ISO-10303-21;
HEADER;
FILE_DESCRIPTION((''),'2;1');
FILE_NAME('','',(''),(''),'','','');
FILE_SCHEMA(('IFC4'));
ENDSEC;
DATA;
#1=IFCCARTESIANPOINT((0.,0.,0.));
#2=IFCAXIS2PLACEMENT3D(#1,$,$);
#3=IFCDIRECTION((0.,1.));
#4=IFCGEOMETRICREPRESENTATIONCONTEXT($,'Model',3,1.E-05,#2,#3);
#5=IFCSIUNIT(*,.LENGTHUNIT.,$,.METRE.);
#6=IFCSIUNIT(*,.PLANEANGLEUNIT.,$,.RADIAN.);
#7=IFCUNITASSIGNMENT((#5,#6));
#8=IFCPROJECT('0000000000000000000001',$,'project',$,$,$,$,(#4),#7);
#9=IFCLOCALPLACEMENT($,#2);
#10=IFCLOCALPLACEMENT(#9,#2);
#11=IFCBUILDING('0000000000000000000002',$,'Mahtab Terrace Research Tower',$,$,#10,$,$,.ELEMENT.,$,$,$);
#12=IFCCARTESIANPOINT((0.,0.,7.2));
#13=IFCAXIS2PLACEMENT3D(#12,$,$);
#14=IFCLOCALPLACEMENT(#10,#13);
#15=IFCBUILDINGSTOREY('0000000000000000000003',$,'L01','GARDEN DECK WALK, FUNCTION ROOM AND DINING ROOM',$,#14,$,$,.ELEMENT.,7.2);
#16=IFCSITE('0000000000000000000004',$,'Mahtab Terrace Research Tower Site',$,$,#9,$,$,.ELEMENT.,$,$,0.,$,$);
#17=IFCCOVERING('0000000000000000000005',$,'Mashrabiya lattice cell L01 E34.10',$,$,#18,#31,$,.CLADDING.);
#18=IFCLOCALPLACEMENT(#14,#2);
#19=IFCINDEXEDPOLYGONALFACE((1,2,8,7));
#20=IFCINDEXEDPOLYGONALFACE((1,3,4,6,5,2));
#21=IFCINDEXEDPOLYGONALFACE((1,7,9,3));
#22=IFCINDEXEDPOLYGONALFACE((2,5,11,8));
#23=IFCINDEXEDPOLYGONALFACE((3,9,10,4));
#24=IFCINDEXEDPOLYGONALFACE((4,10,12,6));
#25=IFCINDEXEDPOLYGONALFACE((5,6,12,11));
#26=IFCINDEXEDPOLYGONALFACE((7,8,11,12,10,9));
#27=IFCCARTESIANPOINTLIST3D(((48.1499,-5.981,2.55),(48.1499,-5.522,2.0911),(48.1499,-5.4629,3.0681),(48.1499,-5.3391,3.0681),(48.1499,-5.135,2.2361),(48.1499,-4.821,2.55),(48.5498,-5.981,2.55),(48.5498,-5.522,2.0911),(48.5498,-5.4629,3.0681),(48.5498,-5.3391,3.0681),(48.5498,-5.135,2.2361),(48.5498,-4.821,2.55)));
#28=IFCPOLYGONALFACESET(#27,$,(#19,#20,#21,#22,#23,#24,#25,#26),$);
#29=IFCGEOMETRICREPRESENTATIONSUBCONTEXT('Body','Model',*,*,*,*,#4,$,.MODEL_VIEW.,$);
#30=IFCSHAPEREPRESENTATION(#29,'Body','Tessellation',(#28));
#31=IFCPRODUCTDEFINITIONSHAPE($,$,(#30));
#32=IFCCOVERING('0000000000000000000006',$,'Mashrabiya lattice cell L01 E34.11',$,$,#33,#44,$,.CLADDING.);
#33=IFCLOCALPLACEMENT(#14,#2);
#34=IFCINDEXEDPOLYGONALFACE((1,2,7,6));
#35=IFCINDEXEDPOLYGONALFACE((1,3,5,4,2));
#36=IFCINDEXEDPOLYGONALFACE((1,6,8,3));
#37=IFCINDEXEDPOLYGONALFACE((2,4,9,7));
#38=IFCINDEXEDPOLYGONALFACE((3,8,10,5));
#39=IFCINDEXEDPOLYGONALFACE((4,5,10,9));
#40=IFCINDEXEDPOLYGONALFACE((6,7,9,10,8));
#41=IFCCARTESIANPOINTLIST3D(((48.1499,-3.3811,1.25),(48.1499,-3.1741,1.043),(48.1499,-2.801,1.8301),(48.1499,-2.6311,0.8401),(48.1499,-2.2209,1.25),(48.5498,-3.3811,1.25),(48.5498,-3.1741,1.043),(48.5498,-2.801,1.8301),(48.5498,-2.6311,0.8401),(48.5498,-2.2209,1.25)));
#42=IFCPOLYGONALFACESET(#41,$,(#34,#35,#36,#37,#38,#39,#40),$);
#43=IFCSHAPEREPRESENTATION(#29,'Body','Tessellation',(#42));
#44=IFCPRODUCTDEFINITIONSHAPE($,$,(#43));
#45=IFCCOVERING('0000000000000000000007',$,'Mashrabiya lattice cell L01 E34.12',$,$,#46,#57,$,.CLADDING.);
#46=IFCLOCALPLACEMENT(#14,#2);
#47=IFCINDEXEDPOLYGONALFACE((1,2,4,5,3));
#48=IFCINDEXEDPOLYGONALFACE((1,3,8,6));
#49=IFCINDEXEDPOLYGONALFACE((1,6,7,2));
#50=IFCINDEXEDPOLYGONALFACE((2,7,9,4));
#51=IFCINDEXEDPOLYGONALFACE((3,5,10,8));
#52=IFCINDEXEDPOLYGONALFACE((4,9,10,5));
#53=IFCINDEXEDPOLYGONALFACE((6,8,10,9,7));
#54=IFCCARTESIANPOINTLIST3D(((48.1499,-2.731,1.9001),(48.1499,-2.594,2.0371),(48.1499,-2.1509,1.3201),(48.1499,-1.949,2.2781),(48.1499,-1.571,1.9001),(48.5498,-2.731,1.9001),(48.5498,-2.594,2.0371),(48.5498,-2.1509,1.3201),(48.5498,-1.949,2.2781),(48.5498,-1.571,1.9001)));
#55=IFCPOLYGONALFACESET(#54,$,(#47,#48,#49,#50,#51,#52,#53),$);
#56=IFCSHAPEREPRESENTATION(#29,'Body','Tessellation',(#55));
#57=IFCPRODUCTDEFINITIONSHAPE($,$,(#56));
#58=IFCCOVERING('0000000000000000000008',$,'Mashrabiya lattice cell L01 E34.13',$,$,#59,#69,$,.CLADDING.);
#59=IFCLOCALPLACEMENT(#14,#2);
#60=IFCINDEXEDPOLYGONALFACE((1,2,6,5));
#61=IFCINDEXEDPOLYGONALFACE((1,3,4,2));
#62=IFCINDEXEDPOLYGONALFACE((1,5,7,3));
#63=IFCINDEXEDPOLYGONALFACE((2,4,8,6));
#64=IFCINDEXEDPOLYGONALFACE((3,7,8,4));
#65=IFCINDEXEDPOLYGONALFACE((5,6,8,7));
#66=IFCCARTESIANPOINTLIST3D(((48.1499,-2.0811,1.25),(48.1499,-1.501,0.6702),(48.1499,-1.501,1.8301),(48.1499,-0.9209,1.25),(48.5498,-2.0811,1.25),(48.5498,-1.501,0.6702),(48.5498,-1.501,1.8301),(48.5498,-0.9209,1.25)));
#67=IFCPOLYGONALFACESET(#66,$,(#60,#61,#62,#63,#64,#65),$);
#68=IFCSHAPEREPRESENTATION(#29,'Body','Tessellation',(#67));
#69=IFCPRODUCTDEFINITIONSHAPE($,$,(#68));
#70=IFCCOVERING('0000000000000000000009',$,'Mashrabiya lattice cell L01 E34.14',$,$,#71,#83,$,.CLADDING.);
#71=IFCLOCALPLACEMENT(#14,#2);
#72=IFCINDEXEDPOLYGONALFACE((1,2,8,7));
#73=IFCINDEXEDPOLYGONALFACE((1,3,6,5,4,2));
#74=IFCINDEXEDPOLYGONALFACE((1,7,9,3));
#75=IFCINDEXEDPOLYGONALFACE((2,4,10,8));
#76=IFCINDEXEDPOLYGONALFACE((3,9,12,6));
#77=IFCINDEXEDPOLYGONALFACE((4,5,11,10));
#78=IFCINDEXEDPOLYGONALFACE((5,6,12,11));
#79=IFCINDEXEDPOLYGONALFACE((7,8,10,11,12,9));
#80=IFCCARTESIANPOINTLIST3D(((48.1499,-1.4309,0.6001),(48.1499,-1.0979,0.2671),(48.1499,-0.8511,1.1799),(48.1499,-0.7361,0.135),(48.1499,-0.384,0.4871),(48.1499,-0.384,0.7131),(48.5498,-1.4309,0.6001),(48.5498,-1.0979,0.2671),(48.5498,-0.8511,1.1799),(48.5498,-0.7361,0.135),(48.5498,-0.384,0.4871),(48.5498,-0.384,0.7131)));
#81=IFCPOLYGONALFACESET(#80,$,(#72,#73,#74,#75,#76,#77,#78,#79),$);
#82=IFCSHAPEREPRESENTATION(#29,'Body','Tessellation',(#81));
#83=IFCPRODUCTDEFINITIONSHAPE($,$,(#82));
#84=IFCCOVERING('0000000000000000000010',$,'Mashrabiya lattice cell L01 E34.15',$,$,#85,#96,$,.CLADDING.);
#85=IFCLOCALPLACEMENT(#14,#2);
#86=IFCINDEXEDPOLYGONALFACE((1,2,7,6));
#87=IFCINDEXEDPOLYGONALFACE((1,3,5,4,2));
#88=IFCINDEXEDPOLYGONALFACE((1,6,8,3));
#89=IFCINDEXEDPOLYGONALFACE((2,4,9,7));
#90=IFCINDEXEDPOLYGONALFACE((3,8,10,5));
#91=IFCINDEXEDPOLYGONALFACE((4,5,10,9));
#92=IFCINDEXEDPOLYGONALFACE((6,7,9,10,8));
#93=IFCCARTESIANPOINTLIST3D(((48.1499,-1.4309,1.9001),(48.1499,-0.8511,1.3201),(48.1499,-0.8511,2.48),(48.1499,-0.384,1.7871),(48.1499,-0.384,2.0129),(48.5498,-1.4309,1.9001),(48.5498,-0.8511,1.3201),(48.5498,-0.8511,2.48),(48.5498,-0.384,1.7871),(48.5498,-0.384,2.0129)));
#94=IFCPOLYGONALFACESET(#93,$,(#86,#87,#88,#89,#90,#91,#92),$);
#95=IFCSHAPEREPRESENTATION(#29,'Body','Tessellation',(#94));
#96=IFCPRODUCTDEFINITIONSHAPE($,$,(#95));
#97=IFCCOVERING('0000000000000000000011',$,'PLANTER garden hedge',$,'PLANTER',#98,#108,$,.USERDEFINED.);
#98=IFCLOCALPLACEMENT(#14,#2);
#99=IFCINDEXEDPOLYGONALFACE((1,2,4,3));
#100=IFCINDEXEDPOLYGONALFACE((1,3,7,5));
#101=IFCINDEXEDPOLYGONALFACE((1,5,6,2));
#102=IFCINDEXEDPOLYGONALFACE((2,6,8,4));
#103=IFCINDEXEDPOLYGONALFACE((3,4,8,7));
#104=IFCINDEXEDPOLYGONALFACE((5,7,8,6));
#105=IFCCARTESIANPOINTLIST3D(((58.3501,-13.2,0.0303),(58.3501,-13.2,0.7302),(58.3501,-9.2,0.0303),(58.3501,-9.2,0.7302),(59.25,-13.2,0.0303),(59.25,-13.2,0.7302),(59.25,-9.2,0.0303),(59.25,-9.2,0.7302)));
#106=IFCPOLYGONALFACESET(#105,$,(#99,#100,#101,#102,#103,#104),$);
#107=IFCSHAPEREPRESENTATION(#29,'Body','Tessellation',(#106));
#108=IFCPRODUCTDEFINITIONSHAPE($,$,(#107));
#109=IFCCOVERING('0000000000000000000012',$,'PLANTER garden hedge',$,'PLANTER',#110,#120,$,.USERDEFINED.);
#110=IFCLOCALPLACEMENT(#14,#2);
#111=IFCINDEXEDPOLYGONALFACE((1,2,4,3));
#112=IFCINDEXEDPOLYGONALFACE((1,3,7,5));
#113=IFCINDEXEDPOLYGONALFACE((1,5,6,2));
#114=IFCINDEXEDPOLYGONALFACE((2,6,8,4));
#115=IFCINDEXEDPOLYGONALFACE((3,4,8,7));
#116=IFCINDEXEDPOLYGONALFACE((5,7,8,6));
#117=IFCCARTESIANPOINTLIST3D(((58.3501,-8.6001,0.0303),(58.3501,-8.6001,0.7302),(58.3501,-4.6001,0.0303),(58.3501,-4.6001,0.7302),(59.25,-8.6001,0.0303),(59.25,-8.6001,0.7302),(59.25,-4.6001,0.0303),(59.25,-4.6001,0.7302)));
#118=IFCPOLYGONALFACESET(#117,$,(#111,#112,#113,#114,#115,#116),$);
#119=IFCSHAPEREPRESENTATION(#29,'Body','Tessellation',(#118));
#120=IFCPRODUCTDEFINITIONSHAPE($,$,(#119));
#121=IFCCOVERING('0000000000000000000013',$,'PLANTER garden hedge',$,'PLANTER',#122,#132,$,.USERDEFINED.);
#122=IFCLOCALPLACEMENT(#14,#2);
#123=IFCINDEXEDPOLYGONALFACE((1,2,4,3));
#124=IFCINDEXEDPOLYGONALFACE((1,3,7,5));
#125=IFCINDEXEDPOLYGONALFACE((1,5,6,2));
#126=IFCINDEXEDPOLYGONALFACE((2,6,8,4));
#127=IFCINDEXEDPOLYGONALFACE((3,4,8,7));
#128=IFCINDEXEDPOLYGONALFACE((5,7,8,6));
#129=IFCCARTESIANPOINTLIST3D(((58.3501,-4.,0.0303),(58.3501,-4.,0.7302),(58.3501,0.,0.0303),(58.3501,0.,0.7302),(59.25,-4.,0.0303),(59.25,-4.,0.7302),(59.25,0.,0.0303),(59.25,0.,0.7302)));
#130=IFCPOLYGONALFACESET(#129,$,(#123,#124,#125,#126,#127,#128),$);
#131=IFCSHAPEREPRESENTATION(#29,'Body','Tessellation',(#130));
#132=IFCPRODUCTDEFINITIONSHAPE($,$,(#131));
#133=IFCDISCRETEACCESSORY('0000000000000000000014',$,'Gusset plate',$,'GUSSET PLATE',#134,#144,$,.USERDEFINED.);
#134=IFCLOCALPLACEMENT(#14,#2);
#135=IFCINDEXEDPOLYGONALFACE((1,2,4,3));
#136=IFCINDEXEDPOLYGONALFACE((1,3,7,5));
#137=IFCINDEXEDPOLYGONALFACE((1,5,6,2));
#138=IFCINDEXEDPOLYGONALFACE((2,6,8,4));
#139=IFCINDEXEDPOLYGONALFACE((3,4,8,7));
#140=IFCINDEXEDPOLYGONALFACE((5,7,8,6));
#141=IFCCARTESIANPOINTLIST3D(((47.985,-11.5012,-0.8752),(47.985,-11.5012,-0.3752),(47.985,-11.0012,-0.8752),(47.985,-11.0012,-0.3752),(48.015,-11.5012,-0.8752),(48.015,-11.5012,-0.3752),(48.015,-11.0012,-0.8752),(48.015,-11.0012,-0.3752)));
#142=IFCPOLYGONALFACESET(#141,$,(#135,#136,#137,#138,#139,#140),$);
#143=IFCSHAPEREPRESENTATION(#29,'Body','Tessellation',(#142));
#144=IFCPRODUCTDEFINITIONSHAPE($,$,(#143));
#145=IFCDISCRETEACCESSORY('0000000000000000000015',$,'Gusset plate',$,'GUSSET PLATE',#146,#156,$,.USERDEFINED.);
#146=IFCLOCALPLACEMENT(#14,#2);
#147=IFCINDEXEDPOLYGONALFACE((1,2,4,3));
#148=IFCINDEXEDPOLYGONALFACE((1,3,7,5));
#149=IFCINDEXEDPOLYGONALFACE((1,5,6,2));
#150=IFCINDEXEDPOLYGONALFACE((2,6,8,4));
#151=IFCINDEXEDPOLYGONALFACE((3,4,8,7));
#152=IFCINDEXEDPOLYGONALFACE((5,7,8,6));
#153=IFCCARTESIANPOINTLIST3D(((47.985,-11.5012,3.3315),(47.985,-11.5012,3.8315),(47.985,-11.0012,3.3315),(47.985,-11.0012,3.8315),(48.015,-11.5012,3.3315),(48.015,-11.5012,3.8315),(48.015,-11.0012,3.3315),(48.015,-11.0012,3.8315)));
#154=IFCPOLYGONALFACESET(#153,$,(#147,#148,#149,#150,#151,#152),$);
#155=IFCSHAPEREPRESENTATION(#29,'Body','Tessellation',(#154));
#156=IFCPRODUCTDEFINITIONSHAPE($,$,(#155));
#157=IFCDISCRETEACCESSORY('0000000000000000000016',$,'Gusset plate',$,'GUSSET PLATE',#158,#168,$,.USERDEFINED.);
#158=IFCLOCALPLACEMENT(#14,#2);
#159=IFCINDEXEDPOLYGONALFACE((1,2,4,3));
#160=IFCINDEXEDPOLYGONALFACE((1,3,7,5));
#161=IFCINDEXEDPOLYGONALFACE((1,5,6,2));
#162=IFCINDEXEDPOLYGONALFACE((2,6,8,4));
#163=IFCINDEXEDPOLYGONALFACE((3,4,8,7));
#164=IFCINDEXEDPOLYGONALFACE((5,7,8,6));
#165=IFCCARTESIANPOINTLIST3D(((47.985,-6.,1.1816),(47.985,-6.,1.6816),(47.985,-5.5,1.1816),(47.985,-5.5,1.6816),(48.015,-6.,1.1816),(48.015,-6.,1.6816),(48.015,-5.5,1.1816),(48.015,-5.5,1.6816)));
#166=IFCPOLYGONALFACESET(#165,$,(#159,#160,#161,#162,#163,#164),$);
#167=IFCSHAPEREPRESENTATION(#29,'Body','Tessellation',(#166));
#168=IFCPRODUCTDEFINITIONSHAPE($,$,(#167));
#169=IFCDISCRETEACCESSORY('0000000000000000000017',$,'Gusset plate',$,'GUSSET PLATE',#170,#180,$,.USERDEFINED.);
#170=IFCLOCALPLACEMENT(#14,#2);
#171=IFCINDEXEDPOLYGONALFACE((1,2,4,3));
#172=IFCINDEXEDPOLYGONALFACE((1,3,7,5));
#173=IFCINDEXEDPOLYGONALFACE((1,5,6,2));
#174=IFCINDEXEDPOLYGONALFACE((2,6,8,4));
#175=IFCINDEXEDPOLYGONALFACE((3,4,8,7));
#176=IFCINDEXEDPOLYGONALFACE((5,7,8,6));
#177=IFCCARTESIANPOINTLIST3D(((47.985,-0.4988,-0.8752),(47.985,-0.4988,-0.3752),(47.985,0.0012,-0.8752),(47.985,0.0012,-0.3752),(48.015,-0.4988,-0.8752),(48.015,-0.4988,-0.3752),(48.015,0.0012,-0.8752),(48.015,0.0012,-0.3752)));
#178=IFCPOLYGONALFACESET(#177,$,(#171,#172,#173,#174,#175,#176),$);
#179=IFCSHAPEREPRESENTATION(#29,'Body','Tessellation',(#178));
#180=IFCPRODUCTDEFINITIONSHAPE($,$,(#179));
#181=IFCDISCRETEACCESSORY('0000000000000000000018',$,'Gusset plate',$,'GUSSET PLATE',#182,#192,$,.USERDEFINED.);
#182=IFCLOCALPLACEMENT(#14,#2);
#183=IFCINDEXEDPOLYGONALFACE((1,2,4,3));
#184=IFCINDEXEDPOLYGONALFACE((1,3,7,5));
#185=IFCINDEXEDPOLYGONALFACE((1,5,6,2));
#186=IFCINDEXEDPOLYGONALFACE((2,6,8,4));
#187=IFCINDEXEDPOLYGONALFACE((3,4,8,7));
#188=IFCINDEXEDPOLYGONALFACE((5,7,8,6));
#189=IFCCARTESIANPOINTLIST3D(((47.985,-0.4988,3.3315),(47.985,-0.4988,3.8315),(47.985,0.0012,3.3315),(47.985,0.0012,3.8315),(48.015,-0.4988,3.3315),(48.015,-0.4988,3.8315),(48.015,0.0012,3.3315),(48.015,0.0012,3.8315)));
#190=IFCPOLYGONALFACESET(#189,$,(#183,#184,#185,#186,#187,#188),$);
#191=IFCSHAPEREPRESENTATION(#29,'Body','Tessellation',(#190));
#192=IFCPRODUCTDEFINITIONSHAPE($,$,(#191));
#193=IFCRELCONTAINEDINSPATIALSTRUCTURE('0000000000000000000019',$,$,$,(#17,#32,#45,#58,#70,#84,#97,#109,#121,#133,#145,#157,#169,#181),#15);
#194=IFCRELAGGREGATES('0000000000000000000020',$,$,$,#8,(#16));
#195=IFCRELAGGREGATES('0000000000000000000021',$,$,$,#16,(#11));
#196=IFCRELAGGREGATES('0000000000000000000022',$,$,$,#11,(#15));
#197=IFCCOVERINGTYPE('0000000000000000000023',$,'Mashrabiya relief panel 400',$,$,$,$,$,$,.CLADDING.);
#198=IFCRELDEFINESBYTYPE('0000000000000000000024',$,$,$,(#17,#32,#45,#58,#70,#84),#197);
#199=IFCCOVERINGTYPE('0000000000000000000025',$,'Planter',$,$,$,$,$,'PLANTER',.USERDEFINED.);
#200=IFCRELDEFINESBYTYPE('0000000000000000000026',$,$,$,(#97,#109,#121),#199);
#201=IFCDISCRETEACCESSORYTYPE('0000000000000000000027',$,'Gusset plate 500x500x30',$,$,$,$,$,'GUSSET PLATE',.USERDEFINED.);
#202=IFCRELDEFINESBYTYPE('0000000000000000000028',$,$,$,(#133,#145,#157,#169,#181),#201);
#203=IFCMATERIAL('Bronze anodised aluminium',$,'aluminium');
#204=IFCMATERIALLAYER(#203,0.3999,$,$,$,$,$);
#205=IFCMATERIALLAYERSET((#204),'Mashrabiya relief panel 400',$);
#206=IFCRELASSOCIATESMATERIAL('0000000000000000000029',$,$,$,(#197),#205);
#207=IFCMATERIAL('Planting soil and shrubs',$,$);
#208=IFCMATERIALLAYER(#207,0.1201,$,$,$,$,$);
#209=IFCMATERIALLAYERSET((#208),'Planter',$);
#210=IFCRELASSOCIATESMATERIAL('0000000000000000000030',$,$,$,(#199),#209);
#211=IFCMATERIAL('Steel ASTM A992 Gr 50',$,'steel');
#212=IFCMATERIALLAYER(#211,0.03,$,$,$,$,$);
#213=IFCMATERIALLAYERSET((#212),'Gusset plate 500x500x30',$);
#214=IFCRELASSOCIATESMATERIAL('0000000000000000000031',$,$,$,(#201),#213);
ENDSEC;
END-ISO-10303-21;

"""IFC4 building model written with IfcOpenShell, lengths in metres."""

from ifc_helpers import new_model, si_unit, direction, frame, origin, origin_2d, place, context, subcontext, project, spatial, polyline, rectangle, outline, extrude, material, layer, layer_set, type_object, element, save


model = new_model("IFC4")

# Units and contexts
model_context = context("Model", 3, precision=1e-05, world=origin(), true_north=direction((0.0, 1.0)))
body_context = subcontext(model_context, "Body", "Model", "MODEL_VIEW")
ifc_project = project(units=[si_unit("LENGTHUNIT", "METRE"), si_unit("PLANEANGLEUNIT", "RADIAN")], contexts=[model_context])

# Site, building, storey
site_placement = place(None, origin())
site = spatial("IfcSite", under=ifc_project, at=site_placement, Name="Mahtab Terrace Research Tower Site", CompositionType="ELEMENT", RefElevation=0.0)
building_placement = place(site_placement, origin())
building = spatial("IfcBuilding", under=site, at=building_placement, Name="Mahtab Terrace Research Tower", CompositionType="ELEMENT")
storey_placement = place(building_placement, frame((0.0, 0.0, 7.2)))
storey = spatial("IfcBuildingStorey", under=building, at=storey_placement, Name="L01", Description="GARDEN DECK WALK, FUNCTION ROOM AND DINING ROOM", CompositionType="ELEMENT", Elevation=7.2)

# Coverings
ifc_material_1 = material(Name="Bronze anodised aluminium", Category="aluminium")
ifc_layer_1 = layer(ifc_material_1, 0.3999)
ifc_layer_set_1 = layer_set([ifc_layer_1], Name="Mashrabiya relief panel 400")
covering_type_1 = type_object("IfcCoveringType", Name="Mashrabiya relief panel 400", PredefinedType="CLADDING", material=ifc_layer_set_1)
covering_1_placement = place(storey_placement, frame((48.1499, -5.981, 2.55), z_axis=(-1.0, 0.0, 0.0), x_axis=(0.0, 0.707107, 0.707107)))
element("IfcCovering", 1, at=covering_1_placement, inside=storey, type_object=covering_type_1, Name="Mashrabiya lattice cell L01 E34.10", PredefinedType="CLADDING", context=body_context, shape_type="SweptSolid", body=[
    extrude(outline(polyline([(0.0, 0.0), (0.7327, 0.0), (0.8202, 0.0875), (0.8202, 0.8202), (0.3762, 0.8202), (0.0, 0.6491), (0.0, 0.0)])), origin(), (0.0, 0.0, -1.0), 0.3999),
])
covering_2_placement = place(storey_placement, frame((48.1499, -3.3811, 1.25), z_axis=(-1.0, 0.0, 0.0), x_axis=(0.0, 0.707107, 0.707107)))
element("IfcCovering", 2, at=covering_2_placement, inside=storey, type_object=covering_type_1, Name="Mashrabiya lattice cell L01 E34.11", PredefinedType="CLADDING", context=body_context, shape_type="SweptSolid", body=[
    extrude(outline(polyline([(0.0, 0.0), (0.8204, 0.0), (0.8204, 0.8204), (0.2405, 0.8202), (0.0, 0.2928), (0.0, 0.0)])), origin(), (0.0, 0.0, -1.0), 0.3999),
])
covering_3_placement = place(storey_placement, frame((48.1499, -1.571, 1.9001), z_axis=(-1.0, 0.0, 0.0), x_axis=(0.0, -0.706958, -0.707256)))
element("IfcCovering", 3, at=covering_3_placement, inside=storey, type_object=covering_type_1, Name="Mashrabiya lattice cell L01 E34.12", PredefinedType="CLADDING", context=body_context, shape_type="SweptSolid", body=[
    extrude(outline(polyline([(0.0, 0.0), (0.8202, 0.0), (0.82, 0.8204), (0.6263, 0.8203), (-0.0001, 0.5345), (0.0, 0.0)])), origin(), (0.0, 0.0, -1.0), 0.3999),
])
covering_4_placement = place(storey_placement, frame((48.1499, -1.501, 1.8301), z_axis=(-1.0, 0.0, 0.0), x_axis=(0.0, 0.707107, -0.707107)))
element("IfcCovering", 4, at=covering_4_placement, inside=storey, type_object=covering_type_1, Name="Mashrabiya lattice cell L01 E34.13", PredefinedType="CLADDING", context=body_context, shape_type="SweptSolid", body=[
    extrude(outline(polyline([(0.0, 0.0), (0.8204, 0.0), (0.8202, 0.8202), (0.0, 0.8204), (0.0, 0.0)])), origin(), (0.0, 0.0, -1.0), 0.3999),
])
covering_5_placement = place(storey_placement, frame((48.1499, -1.4309, 0.6001), z_axis=(-1.0, 0.0, 0.0), x_axis=(0.0, 0.707107, 0.707107)))
element("IfcCovering", 5, at=covering_5_placement, inside=storey, type_object=covering_type_1, Name="Mashrabiya lattice cell L01 E34.14", PredefinedType="CLADDING", context=body_context, shape_type="SweptSolid", body=[
    extrude(outline(polyline([(0.0, 0.0), (0.82, 0.0), (0.8202, 0.6603), (0.6603, 0.8202), (0.1624, 0.8202), (0.0, 0.4709), (0.0, 0.0)])), origin(), (0.0, 0.0, -1.0), 0.3999),
])
covering_6_placement = place(storey_placement, frame((48.1499, -0.8511, 1.3201), z_axis=(-1.0, 0.0, 0.0), x_axis=(0.0, -0.706958, 0.707256)))
element("IfcCovering", 6, at=covering_6_placement, inside=storey, type_object=covering_type_1, Name="Mashrabiya lattice cell L01 E34.15", PredefinedType="CLADDING", context=body_context, shape_type="SweptSolid", body=[
    extrude(outline(polyline([(0.0, 0.0), (0.8202, 0.0), (0.8204, 0.82), (0.1599, 0.8201), (0.0001, 0.6605), (0.0, 0.0)])), origin(), (0.0, 0.0, -1.0), 0.3999),
])
ifc_material_2 = material(Name="Planting soil and shrubs")
ifc_layer_2 = layer(ifc_material_2, 0.1201)
ifc_layer_set_2 = layer_set([ifc_layer_2], Name="Planter")
covering_type_2 = type_object("IfcCoveringType", Name="Planter", ElementType="PLANTER", PredefinedType="USERDEFINED", material=ifc_layer_set_2)
for number, where, z_axis, x_axis, name in (
    (7, (58.8, -11.2, 0.0303), (0.0, 0.0, 1.0), (0.0, 1.0, 0.0), "PLANTER garden hedge"),
    (8, (58.8, -6.6001, 0.0303), (0.0, 0.0, 1.0), (0.0, 1.0, 0.0), "PLANTER garden hedge"),
    (9, (58.8, -2.0, 0.0303), (0.0, 0.0, 1.0), (0.0, 1.0, 0.0), "PLANTER garden hedge"),
):
    element("IfcCovering", number, at=place(storey_placement, frame(where, z_axis=z_axis, x_axis=x_axis)), inside=storey, type_object=covering_type_2, Name=name, ObjectType="PLANTER", PredefinedType="USERDEFINED", context=body_context, shape_type="SweptSolid", body=[
        extrude(rectangle(XDim=4.0, YDim=0.8999, at=origin_2d()), origin(), (0.0, 0.0, 1.0), 0.7),
    ])

# Discrete accessories
ifc_material_3 = material(Name="Steel ASTM A992 Gr 50", Category="steel")
ifc_layer_3 = layer(ifc_material_3, 0.03)
ifc_layer_set_3 = layer_set([ifc_layer_3], Name="Gusset plate 500x500x30")
discrete_accessory_type = type_object("IfcDiscreteAccessoryType", Name="Gusset plate 500x500x30", ElementType="GUSSET PLATE", PredefinedType="USERDEFINED", material=ifc_layer_set_3)
for number, where, z_axis, x_axis, name in (
    (10, (48.0, -11.2512, -0.8752), (0.0, 0.0, 1.0), (0.0, 1.0, 0.0), "Gusset plate"),
    (11, (48.0, -11.2512, 3.3315), (0.0, 0.0, 1.0), (0.0, 1.0, 0.0), "Gusset plate"),
    (12, (48.0, -5.75, 1.1816), (0.0, 0.0, 1.0), (0.0, 1.0, 0.0), "Gusset plate"),
    (13, (48.0, -0.2488, -0.8752), (0.0, 0.0, 1.0), (0.0, 1.0, 0.0), "Gusset plate"),
    (14, (48.0, -0.2488, 3.3315), (0.0, 0.0, 1.0), (0.0, 1.0, 0.0), "Gusset plate"),
):
    element("IfcDiscreteAccessory", number, at=place(storey_placement, frame(where, z_axis=z_axis, x_axis=x_axis)), inside=storey, type_object=discrete_accessory_type, Name=name, ObjectType="GUSSET PLATE", PredefinedType="USERDEFINED", context=body_context, shape_type="SweptSolid", body=[
        extrude(rectangle(XDim=0.5, YDim=0.03, at=origin_2d()), origin(), (0.0, 0.0, 1.0), 0.5),
    ])

save(model, "model.ifc")
